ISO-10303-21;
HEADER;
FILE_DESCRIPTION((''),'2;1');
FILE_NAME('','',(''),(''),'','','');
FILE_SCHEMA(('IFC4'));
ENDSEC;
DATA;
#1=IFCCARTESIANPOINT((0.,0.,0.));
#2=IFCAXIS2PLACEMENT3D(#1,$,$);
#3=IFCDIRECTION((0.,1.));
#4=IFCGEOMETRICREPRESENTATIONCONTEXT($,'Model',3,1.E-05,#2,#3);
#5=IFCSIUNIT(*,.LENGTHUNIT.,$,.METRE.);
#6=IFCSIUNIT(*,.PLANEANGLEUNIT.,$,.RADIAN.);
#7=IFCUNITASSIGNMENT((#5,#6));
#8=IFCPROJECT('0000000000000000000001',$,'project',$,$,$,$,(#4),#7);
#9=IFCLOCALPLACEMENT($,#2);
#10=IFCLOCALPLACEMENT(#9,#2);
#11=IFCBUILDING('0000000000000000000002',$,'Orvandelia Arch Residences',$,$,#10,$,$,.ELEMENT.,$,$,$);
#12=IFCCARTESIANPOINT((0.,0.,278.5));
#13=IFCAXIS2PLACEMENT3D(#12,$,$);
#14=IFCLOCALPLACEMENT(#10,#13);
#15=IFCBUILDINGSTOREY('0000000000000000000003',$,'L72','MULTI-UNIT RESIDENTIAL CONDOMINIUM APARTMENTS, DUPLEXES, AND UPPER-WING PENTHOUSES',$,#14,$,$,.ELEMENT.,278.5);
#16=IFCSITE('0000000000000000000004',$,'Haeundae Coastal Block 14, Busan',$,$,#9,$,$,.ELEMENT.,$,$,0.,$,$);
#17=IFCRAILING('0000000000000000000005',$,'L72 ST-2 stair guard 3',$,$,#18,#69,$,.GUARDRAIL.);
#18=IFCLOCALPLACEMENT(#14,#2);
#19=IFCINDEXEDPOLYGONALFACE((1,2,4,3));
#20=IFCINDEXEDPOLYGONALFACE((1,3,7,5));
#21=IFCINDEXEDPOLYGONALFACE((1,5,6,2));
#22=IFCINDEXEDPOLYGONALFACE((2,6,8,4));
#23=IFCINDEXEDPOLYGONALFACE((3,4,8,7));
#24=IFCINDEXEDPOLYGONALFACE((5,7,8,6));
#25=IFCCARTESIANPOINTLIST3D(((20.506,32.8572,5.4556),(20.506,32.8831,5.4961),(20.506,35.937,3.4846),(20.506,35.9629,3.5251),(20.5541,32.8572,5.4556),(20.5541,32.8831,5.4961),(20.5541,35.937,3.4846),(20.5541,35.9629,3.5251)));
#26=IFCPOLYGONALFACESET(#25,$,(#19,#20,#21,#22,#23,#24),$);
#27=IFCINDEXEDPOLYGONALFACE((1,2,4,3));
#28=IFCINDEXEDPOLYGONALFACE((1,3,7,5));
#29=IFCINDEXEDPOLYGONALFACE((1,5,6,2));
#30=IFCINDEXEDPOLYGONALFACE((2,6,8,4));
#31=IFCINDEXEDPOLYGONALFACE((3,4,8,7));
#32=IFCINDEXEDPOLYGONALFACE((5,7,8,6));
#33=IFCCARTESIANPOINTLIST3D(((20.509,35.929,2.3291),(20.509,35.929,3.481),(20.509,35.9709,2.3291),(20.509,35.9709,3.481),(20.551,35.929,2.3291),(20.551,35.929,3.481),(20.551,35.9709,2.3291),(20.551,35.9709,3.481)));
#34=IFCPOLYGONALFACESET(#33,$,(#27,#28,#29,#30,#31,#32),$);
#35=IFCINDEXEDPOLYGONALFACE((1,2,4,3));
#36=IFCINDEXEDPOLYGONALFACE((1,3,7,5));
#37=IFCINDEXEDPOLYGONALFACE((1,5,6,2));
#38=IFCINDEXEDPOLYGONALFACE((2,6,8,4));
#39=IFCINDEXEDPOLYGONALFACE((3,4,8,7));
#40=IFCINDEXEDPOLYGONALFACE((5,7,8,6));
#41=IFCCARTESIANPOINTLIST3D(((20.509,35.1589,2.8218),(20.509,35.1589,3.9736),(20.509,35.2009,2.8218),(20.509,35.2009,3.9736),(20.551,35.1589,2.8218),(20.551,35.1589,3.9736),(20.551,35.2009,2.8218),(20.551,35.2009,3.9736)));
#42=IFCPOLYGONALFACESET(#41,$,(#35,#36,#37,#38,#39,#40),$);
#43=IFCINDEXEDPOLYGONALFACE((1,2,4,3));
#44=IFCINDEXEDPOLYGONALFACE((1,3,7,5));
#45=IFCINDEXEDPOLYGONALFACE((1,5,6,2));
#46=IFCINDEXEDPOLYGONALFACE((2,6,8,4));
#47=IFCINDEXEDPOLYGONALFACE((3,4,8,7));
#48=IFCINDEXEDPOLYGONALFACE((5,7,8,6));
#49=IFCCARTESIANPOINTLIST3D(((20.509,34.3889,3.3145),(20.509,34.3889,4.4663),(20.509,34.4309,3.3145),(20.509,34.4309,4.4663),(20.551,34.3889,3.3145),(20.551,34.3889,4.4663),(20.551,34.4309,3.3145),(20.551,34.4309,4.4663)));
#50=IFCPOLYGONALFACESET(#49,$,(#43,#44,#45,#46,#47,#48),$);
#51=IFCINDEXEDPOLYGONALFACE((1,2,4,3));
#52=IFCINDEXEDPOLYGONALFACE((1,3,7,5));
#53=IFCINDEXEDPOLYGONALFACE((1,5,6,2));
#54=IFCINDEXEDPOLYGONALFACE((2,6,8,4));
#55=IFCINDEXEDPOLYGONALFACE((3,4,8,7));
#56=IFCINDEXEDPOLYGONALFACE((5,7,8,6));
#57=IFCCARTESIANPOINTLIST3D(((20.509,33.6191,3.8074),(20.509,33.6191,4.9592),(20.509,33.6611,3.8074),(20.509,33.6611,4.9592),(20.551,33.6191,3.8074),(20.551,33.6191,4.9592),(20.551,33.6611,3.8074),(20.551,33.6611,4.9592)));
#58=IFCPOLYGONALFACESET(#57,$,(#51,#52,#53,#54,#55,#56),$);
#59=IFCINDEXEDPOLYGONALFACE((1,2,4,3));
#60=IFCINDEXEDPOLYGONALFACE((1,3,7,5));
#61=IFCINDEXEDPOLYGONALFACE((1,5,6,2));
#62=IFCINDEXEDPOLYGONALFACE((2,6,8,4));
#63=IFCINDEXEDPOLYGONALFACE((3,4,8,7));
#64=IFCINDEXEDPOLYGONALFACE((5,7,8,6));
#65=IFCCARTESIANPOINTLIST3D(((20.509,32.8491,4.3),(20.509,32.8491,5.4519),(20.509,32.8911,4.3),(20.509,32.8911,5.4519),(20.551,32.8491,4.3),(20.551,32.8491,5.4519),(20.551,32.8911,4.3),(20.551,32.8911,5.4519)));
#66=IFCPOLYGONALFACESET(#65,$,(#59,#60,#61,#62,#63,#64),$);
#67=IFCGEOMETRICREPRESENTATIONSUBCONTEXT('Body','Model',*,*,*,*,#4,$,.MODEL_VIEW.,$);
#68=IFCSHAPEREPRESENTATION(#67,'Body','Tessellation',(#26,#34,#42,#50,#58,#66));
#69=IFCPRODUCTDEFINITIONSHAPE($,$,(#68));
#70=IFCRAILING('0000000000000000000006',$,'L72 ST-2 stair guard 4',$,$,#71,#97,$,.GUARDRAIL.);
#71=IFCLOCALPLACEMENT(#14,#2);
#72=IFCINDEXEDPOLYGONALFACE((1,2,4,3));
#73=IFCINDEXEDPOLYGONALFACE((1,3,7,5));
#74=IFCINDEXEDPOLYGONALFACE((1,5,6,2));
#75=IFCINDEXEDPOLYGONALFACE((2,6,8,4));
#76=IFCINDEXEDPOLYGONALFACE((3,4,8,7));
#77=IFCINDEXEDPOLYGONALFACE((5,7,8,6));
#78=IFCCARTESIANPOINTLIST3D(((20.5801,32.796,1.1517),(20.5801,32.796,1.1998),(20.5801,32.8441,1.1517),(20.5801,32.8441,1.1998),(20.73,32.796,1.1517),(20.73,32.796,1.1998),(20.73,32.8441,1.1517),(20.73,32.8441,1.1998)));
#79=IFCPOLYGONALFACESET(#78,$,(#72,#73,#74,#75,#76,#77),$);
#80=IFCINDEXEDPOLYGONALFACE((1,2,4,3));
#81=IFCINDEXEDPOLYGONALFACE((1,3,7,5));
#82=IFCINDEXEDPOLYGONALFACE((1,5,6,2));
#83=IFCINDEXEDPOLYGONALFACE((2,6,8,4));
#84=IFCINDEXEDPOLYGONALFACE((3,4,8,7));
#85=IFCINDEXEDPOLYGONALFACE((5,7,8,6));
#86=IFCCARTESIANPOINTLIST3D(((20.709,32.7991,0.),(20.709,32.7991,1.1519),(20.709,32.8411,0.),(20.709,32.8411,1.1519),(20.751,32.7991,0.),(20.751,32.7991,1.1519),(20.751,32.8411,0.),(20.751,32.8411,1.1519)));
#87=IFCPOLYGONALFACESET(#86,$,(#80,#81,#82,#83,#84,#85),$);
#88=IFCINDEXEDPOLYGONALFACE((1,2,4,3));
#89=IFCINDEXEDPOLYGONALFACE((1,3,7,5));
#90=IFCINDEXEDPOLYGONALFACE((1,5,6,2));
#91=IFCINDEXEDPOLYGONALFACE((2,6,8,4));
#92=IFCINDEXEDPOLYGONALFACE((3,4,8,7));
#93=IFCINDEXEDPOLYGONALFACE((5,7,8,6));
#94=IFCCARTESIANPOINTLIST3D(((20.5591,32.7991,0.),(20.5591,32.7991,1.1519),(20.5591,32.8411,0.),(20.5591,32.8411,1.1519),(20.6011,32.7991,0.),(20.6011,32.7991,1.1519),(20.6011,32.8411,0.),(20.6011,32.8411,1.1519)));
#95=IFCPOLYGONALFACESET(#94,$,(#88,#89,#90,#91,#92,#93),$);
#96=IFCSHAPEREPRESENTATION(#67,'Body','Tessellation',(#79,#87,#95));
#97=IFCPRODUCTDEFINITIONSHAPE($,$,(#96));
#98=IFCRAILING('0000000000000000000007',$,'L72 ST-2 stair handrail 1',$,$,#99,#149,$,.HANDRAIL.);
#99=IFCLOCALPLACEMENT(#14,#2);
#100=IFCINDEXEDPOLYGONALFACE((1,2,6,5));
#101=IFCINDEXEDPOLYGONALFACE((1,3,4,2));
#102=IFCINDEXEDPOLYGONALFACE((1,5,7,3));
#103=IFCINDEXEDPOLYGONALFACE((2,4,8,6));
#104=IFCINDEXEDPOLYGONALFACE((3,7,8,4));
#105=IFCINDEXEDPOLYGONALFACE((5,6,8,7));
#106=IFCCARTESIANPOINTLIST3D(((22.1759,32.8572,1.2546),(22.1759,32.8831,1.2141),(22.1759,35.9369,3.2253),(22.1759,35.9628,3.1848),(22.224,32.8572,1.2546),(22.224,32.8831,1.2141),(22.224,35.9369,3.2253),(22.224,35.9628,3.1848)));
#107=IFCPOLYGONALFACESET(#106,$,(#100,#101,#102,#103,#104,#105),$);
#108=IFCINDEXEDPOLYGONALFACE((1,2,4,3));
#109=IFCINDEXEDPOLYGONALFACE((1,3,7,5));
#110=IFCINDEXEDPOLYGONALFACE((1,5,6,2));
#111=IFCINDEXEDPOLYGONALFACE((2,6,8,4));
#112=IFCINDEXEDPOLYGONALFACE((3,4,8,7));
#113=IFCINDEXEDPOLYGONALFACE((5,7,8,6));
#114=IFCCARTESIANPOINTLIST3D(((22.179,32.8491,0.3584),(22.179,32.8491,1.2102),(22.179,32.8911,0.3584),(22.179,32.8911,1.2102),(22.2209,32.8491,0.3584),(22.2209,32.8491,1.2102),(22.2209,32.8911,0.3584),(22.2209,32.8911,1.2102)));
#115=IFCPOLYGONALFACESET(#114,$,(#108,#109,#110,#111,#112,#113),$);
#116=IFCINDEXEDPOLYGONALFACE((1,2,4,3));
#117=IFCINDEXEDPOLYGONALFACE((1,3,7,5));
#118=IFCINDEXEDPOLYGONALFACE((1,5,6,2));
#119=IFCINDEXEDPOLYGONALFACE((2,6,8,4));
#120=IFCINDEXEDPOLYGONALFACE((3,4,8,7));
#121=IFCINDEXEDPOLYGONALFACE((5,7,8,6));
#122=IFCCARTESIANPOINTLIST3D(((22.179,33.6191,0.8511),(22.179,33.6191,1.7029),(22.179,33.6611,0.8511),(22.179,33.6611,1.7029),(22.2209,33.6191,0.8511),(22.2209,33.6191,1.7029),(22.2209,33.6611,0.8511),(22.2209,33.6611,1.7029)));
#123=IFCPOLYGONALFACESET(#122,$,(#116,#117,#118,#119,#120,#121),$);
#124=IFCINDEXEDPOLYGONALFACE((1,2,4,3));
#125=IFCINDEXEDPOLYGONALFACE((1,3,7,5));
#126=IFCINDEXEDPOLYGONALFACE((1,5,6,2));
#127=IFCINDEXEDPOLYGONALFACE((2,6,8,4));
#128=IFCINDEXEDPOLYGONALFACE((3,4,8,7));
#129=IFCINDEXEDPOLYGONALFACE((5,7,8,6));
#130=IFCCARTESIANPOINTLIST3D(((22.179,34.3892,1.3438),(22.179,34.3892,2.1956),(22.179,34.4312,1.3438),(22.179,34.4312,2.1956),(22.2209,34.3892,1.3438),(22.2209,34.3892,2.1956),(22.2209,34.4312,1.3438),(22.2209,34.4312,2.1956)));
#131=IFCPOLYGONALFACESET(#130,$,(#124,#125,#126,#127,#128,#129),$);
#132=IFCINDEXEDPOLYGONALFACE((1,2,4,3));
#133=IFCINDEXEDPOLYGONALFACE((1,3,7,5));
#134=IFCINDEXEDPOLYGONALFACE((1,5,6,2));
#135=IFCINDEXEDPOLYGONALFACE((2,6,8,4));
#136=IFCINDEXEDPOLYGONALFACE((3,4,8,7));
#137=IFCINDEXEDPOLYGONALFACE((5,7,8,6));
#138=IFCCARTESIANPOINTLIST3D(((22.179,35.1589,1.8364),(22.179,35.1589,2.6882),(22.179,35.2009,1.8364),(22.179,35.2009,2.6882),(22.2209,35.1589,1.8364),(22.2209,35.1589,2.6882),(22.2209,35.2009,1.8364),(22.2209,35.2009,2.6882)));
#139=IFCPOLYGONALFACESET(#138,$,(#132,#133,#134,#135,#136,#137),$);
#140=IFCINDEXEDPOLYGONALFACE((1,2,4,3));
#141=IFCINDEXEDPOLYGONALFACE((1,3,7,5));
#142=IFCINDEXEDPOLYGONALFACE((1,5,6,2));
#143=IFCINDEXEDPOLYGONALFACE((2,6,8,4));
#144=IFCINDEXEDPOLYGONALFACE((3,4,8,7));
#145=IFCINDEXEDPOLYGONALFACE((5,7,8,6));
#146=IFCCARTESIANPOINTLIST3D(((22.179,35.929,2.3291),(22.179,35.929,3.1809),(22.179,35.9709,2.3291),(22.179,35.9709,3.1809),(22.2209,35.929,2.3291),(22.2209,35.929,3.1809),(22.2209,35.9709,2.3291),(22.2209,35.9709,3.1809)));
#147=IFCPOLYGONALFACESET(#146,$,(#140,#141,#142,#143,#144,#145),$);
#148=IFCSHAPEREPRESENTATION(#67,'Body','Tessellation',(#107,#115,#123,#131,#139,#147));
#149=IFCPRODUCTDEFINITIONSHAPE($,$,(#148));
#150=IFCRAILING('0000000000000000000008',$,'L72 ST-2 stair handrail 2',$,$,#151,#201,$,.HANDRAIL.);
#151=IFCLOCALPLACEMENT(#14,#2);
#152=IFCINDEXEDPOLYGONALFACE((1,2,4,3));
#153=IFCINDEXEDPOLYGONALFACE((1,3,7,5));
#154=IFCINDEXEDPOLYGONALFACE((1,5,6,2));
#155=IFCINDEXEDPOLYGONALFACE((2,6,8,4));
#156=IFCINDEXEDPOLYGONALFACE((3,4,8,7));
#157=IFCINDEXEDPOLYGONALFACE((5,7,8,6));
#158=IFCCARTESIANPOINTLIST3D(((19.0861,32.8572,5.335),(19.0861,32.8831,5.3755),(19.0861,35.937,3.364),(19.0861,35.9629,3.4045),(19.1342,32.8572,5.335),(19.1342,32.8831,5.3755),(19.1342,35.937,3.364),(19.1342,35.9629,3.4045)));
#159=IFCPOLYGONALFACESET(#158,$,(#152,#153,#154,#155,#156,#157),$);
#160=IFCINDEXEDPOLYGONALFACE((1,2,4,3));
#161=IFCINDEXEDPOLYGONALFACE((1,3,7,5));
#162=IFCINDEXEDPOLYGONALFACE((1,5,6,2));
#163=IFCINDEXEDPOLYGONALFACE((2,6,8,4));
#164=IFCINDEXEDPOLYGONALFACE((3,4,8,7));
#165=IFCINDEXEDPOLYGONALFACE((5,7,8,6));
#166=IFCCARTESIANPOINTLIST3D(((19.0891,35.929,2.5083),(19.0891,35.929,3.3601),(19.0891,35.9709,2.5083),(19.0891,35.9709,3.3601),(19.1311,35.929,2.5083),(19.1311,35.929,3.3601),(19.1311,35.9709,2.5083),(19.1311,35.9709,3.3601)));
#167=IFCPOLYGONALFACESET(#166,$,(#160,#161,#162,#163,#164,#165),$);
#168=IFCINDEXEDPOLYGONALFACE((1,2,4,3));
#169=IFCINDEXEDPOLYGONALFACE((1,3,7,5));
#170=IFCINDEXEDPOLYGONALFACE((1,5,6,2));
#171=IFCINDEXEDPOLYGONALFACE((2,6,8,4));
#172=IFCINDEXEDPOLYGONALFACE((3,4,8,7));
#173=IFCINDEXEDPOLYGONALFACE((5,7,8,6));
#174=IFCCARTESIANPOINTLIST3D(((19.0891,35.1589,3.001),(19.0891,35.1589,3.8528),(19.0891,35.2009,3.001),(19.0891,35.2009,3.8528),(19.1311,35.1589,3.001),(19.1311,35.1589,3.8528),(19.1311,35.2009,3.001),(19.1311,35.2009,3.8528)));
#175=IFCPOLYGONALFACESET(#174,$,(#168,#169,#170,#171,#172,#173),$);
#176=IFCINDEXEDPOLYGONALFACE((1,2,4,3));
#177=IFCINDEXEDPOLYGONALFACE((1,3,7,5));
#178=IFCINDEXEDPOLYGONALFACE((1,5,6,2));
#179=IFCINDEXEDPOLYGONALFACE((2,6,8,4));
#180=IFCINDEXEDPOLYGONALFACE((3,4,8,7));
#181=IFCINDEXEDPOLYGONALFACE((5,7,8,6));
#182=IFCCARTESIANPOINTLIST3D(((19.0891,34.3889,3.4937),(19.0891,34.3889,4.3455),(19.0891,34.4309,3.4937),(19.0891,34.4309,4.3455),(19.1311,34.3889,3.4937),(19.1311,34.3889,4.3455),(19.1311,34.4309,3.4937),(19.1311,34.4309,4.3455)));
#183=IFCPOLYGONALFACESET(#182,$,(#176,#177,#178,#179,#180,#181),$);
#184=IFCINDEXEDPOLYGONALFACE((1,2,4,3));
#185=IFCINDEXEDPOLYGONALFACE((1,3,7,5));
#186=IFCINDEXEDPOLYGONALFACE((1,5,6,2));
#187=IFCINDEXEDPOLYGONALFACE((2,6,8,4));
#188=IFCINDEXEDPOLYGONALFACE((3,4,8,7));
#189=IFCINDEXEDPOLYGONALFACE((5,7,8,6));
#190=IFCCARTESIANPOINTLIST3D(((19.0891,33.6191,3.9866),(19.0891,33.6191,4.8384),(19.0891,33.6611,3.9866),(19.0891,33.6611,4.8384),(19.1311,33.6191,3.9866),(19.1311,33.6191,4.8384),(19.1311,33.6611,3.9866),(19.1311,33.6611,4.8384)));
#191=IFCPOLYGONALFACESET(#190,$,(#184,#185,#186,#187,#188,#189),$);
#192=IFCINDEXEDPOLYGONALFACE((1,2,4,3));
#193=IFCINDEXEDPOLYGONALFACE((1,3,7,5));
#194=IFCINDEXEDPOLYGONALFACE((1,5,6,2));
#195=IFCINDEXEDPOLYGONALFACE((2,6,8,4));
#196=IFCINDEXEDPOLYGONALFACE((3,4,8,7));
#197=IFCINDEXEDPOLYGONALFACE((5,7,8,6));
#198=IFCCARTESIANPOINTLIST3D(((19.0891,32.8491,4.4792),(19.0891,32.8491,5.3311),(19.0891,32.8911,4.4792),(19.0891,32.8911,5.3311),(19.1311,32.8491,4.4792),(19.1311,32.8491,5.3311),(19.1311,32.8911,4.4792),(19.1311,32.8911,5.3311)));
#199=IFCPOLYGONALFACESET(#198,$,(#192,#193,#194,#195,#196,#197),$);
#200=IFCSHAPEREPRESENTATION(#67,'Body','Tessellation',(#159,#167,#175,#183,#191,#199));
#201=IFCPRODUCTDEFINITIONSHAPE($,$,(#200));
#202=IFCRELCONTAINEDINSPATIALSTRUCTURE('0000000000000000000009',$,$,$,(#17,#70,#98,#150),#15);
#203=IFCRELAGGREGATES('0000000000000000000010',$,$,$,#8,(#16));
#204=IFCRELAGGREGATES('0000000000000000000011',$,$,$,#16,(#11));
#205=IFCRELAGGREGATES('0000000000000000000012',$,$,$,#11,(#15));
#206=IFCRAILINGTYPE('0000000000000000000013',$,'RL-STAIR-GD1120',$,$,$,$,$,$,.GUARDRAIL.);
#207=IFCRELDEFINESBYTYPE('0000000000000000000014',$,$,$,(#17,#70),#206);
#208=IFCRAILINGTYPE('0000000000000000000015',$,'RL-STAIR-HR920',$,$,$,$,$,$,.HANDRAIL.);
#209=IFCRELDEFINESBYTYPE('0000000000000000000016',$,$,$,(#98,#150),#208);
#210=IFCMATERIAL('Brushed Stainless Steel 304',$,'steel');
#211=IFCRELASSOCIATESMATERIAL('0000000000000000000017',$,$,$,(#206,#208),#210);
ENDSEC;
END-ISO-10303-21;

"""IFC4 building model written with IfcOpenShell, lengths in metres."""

from ifc_helpers import new_model, si_unit, direction, frame, origin, origin_2d, place, context, subcontext, project, spatial, rectangle, extrude, material, type_object, element, save


model = new_model("IFC4")

# Units and contexts
model_context = context("Model", 3, precision=1e-05, world=origin(), true_north=direction((0.0, 1.0)))
body_context = subcontext(model_context, "Body", "Model", "MODEL_VIEW")
ifc_project = project(units=[si_unit("LENGTHUNIT", "METRE"), si_unit("PLANEANGLEUNIT", "RADIAN")], contexts=[model_context])

# Site, building, storey
site_placement = place(None, origin())
site = spatial("IfcSite", under=ifc_project, at=site_placement, Name="Haeundae Coastal Block 14, Busan", CompositionType="ELEMENT", RefElevation=0.0)
building_placement = place(site_placement, origin())
building = spatial("IfcBuilding", under=site, at=building_placement, Name="Orvandelia Arch Residences", CompositionType="ELEMENT")
storey_placement = place(building_placement, frame((0.0, 0.0, 278.5)))
storey = spatial("IfcBuildingStorey", under=building, at=storey_placement, Name="L72", Description="MULTI-UNIT RESIDENTIAL CONDOMINIUM APARTMENTS, DUPLEXES, AND UPPER-WING PENTHOUSES", CompositionType="ELEMENT", Elevation=278.5)

# Railings
ifc_material_1 = material(Name="Brushed Stainless Steel 304", Category="steel")
railing_type_1 = type_object("IfcRailingType", Name="RL-STAIR-GD1120", PredefinedType="GUARDRAIL", material=ifc_material_1)
railing_1_placement = place(storey_placement, frame((20.53, 35.95, 2.3291)))
element("IfcRailing", 1, at=railing_1_placement, inside=storey, type_object=railing_type_1, Name="L72 ST-2 stair guard 3", PredefinedType="GUARDRAIL", context=body_context, shape_type="SweptSolid", body=[
    extrude(rectangle(XDim=0.0481, YDim=0.0481, at=origin_2d()), frame((0.0, 0.0, 1.1758), z_axis=(0.0, -0.84229, 0.539025), x_axis=(1.0, 0.0, 0.0)), (0.0, 0.0, 1.0), 3.6565),
    extrude(rectangle(XDim=0.042, YDim=0.042, at=origin_2d()), origin(), (0.0, 0.0, 1.0), 1.1519),
    extrude(rectangle(XDim=0.042, YDim=0.042, at=origin_2d()), frame((0.0, -0.77, 0.4927)), (0.0, 0.0, 1.0), 1.1519),
    extrude(rectangle(XDim=0.042, YDim=0.042, at=origin_2d()), frame((0.0, -1.54, 0.9854)), (0.0, 0.0, 1.0), 1.1519),
    extrude(rectangle(XDim=0.042, YDim=0.042, at=origin_2d()), frame((0.0, -2.3098, 1.4783)), (0.0, 0.0, 1.0), 1.1519),
    extrude(rectangle(XDim=0.042, YDim=0.042, at=origin_2d()), frame((0.0, -3.0798, 1.9709)), (0.0, 0.0, 1.0), 1.1519),
])
railing_2_placement = place(storey_placement, frame((20.73, 32.8201, 0.0)))
element("IfcRailing", 2, at=railing_2_placement, inside=storey, type_object=railing_type_1, Name="L72 ST-2 stair guard 4", PredefinedType="GUARDRAIL", context=body_context, shape_type="SweptSolid", body=[
    extrude(rectangle(XDim=0.0481, YDim=0.0481, at=origin_2d()), frame((0.0, 0.0, 1.1758), z_axis=(-1.0, 0.0, 0.0), x_axis=(0.0, -1.0, 0.0)), (0.0, 0.0, 1.0), 0.1499),
    extrude(rectangle(XDim=0.042, YDim=0.042, at=origin_2d()), origin(), (0.0, 0.0, 1.0), 1.1519),
    extrude(rectangle(XDim=0.042, YDim=0.042, at=origin_2d()), frame((-0.1499, 0.0, 0.0)), (0.0, 0.0, 1.0), 1.1519),
])
railing_type_2 = type_object("IfcRailingType", Name="RL-STAIR-HR920", PredefinedType="HANDRAIL", material=ifc_material_1)
railing_3_placement = place(storey_placement, frame((22.2, 32.8701, 0.3584)))
element("IfcRailing", 3, at=railing_3_placement, inside=storey, type_object=railing_type_2, Name="L72 ST-2 stair handrail 1", PredefinedType="HANDRAIL", context=body_context, shape_type="SweptSolid", body=[
    extrude(rectangle(XDim=0.0481, YDim=0.0481, at=origin_2d()), frame((0.0, 0.0, 0.876), z_axis=(0.0, 0.84232, 0.538978), x_axis=(-1.0, 0.0, 0.0)), (0.0, 0.0, 1.0), 3.6562),
    extrude(rectangle(XDim=0.042, YDim=0.042, at=origin_2d()), origin(), (0.0, 0.0, 1.0), 0.8518),
    extrude(rectangle(XDim=0.042, YDim=0.042, at=origin_2d()), frame((0.0, 0.77, 0.4927)), (0.0, 0.0, 1.0), 0.8518),
    extrude(rectangle(XDim=0.042, YDim=0.042, at=origin_2d()), frame((0.0, 1.54, 0.9854)), (0.0, 0.0, 1.0), 0.8518),
    extrude(rectangle(XDim=0.042, YDim=0.042, at=origin_2d()), frame((0.0, 2.3098, 1.478)), (0.0, 0.0, 1.0), 0.8518),
    extrude(rectangle(XDim=0.042, YDim=0.042, at=origin_2d()), frame((0.0, 3.0798, 1.9707)), (0.0, 0.0, 1.0), 0.8518),
])
railing_4_placement = place(storey_placement, frame((19.1101, 35.95, 2.5083)))
element("IfcRailing", 4, at=railing_4_placement, inside=storey, type_object=railing_type_2, Name="L72 ST-2 stair handrail 2", PredefinedType="HANDRAIL", context=body_context, shape_type="SweptSolid", body=[
    extrude(rectangle(XDim=0.0481, YDim=0.0481, at=origin_2d()), frame((0.0, 0.0, 0.876), z_axis=(0.0, -0.84229, 0.539025), x_axis=(1.0, 0.0, 0.0)), (0.0, 0.0, 1.0), 3.6565),
    extrude(rectangle(XDim=0.042, YDim=0.042, at=origin_2d()), origin(), (0.0, 0.0, 1.0), 0.8518),
    extrude(rectangle(XDim=0.042, YDim=0.042, at=origin_2d()), frame((0.0, -0.77, 0.4927)), (0.0, 0.0, 1.0), 0.8518),
    extrude(rectangle(XDim=0.042, YDim=0.042, at=origin_2d()), frame((0.0, -1.54, 0.9854)), (0.0, 0.0, 1.0), 0.8518),
    extrude(rectangle(XDim=0.042, YDim=0.042, at=origin_2d()), frame((0.0, -2.3098, 1.4783)), (0.0, 0.0, 1.0), 0.8518),
    extrude(rectangle(XDim=0.042, YDim=0.042, at=origin_2d()), frame((0.0, -3.0798, 1.9709)), (0.0, 0.0, 1.0), 0.8518),
])

save(model, "model.ifc")
